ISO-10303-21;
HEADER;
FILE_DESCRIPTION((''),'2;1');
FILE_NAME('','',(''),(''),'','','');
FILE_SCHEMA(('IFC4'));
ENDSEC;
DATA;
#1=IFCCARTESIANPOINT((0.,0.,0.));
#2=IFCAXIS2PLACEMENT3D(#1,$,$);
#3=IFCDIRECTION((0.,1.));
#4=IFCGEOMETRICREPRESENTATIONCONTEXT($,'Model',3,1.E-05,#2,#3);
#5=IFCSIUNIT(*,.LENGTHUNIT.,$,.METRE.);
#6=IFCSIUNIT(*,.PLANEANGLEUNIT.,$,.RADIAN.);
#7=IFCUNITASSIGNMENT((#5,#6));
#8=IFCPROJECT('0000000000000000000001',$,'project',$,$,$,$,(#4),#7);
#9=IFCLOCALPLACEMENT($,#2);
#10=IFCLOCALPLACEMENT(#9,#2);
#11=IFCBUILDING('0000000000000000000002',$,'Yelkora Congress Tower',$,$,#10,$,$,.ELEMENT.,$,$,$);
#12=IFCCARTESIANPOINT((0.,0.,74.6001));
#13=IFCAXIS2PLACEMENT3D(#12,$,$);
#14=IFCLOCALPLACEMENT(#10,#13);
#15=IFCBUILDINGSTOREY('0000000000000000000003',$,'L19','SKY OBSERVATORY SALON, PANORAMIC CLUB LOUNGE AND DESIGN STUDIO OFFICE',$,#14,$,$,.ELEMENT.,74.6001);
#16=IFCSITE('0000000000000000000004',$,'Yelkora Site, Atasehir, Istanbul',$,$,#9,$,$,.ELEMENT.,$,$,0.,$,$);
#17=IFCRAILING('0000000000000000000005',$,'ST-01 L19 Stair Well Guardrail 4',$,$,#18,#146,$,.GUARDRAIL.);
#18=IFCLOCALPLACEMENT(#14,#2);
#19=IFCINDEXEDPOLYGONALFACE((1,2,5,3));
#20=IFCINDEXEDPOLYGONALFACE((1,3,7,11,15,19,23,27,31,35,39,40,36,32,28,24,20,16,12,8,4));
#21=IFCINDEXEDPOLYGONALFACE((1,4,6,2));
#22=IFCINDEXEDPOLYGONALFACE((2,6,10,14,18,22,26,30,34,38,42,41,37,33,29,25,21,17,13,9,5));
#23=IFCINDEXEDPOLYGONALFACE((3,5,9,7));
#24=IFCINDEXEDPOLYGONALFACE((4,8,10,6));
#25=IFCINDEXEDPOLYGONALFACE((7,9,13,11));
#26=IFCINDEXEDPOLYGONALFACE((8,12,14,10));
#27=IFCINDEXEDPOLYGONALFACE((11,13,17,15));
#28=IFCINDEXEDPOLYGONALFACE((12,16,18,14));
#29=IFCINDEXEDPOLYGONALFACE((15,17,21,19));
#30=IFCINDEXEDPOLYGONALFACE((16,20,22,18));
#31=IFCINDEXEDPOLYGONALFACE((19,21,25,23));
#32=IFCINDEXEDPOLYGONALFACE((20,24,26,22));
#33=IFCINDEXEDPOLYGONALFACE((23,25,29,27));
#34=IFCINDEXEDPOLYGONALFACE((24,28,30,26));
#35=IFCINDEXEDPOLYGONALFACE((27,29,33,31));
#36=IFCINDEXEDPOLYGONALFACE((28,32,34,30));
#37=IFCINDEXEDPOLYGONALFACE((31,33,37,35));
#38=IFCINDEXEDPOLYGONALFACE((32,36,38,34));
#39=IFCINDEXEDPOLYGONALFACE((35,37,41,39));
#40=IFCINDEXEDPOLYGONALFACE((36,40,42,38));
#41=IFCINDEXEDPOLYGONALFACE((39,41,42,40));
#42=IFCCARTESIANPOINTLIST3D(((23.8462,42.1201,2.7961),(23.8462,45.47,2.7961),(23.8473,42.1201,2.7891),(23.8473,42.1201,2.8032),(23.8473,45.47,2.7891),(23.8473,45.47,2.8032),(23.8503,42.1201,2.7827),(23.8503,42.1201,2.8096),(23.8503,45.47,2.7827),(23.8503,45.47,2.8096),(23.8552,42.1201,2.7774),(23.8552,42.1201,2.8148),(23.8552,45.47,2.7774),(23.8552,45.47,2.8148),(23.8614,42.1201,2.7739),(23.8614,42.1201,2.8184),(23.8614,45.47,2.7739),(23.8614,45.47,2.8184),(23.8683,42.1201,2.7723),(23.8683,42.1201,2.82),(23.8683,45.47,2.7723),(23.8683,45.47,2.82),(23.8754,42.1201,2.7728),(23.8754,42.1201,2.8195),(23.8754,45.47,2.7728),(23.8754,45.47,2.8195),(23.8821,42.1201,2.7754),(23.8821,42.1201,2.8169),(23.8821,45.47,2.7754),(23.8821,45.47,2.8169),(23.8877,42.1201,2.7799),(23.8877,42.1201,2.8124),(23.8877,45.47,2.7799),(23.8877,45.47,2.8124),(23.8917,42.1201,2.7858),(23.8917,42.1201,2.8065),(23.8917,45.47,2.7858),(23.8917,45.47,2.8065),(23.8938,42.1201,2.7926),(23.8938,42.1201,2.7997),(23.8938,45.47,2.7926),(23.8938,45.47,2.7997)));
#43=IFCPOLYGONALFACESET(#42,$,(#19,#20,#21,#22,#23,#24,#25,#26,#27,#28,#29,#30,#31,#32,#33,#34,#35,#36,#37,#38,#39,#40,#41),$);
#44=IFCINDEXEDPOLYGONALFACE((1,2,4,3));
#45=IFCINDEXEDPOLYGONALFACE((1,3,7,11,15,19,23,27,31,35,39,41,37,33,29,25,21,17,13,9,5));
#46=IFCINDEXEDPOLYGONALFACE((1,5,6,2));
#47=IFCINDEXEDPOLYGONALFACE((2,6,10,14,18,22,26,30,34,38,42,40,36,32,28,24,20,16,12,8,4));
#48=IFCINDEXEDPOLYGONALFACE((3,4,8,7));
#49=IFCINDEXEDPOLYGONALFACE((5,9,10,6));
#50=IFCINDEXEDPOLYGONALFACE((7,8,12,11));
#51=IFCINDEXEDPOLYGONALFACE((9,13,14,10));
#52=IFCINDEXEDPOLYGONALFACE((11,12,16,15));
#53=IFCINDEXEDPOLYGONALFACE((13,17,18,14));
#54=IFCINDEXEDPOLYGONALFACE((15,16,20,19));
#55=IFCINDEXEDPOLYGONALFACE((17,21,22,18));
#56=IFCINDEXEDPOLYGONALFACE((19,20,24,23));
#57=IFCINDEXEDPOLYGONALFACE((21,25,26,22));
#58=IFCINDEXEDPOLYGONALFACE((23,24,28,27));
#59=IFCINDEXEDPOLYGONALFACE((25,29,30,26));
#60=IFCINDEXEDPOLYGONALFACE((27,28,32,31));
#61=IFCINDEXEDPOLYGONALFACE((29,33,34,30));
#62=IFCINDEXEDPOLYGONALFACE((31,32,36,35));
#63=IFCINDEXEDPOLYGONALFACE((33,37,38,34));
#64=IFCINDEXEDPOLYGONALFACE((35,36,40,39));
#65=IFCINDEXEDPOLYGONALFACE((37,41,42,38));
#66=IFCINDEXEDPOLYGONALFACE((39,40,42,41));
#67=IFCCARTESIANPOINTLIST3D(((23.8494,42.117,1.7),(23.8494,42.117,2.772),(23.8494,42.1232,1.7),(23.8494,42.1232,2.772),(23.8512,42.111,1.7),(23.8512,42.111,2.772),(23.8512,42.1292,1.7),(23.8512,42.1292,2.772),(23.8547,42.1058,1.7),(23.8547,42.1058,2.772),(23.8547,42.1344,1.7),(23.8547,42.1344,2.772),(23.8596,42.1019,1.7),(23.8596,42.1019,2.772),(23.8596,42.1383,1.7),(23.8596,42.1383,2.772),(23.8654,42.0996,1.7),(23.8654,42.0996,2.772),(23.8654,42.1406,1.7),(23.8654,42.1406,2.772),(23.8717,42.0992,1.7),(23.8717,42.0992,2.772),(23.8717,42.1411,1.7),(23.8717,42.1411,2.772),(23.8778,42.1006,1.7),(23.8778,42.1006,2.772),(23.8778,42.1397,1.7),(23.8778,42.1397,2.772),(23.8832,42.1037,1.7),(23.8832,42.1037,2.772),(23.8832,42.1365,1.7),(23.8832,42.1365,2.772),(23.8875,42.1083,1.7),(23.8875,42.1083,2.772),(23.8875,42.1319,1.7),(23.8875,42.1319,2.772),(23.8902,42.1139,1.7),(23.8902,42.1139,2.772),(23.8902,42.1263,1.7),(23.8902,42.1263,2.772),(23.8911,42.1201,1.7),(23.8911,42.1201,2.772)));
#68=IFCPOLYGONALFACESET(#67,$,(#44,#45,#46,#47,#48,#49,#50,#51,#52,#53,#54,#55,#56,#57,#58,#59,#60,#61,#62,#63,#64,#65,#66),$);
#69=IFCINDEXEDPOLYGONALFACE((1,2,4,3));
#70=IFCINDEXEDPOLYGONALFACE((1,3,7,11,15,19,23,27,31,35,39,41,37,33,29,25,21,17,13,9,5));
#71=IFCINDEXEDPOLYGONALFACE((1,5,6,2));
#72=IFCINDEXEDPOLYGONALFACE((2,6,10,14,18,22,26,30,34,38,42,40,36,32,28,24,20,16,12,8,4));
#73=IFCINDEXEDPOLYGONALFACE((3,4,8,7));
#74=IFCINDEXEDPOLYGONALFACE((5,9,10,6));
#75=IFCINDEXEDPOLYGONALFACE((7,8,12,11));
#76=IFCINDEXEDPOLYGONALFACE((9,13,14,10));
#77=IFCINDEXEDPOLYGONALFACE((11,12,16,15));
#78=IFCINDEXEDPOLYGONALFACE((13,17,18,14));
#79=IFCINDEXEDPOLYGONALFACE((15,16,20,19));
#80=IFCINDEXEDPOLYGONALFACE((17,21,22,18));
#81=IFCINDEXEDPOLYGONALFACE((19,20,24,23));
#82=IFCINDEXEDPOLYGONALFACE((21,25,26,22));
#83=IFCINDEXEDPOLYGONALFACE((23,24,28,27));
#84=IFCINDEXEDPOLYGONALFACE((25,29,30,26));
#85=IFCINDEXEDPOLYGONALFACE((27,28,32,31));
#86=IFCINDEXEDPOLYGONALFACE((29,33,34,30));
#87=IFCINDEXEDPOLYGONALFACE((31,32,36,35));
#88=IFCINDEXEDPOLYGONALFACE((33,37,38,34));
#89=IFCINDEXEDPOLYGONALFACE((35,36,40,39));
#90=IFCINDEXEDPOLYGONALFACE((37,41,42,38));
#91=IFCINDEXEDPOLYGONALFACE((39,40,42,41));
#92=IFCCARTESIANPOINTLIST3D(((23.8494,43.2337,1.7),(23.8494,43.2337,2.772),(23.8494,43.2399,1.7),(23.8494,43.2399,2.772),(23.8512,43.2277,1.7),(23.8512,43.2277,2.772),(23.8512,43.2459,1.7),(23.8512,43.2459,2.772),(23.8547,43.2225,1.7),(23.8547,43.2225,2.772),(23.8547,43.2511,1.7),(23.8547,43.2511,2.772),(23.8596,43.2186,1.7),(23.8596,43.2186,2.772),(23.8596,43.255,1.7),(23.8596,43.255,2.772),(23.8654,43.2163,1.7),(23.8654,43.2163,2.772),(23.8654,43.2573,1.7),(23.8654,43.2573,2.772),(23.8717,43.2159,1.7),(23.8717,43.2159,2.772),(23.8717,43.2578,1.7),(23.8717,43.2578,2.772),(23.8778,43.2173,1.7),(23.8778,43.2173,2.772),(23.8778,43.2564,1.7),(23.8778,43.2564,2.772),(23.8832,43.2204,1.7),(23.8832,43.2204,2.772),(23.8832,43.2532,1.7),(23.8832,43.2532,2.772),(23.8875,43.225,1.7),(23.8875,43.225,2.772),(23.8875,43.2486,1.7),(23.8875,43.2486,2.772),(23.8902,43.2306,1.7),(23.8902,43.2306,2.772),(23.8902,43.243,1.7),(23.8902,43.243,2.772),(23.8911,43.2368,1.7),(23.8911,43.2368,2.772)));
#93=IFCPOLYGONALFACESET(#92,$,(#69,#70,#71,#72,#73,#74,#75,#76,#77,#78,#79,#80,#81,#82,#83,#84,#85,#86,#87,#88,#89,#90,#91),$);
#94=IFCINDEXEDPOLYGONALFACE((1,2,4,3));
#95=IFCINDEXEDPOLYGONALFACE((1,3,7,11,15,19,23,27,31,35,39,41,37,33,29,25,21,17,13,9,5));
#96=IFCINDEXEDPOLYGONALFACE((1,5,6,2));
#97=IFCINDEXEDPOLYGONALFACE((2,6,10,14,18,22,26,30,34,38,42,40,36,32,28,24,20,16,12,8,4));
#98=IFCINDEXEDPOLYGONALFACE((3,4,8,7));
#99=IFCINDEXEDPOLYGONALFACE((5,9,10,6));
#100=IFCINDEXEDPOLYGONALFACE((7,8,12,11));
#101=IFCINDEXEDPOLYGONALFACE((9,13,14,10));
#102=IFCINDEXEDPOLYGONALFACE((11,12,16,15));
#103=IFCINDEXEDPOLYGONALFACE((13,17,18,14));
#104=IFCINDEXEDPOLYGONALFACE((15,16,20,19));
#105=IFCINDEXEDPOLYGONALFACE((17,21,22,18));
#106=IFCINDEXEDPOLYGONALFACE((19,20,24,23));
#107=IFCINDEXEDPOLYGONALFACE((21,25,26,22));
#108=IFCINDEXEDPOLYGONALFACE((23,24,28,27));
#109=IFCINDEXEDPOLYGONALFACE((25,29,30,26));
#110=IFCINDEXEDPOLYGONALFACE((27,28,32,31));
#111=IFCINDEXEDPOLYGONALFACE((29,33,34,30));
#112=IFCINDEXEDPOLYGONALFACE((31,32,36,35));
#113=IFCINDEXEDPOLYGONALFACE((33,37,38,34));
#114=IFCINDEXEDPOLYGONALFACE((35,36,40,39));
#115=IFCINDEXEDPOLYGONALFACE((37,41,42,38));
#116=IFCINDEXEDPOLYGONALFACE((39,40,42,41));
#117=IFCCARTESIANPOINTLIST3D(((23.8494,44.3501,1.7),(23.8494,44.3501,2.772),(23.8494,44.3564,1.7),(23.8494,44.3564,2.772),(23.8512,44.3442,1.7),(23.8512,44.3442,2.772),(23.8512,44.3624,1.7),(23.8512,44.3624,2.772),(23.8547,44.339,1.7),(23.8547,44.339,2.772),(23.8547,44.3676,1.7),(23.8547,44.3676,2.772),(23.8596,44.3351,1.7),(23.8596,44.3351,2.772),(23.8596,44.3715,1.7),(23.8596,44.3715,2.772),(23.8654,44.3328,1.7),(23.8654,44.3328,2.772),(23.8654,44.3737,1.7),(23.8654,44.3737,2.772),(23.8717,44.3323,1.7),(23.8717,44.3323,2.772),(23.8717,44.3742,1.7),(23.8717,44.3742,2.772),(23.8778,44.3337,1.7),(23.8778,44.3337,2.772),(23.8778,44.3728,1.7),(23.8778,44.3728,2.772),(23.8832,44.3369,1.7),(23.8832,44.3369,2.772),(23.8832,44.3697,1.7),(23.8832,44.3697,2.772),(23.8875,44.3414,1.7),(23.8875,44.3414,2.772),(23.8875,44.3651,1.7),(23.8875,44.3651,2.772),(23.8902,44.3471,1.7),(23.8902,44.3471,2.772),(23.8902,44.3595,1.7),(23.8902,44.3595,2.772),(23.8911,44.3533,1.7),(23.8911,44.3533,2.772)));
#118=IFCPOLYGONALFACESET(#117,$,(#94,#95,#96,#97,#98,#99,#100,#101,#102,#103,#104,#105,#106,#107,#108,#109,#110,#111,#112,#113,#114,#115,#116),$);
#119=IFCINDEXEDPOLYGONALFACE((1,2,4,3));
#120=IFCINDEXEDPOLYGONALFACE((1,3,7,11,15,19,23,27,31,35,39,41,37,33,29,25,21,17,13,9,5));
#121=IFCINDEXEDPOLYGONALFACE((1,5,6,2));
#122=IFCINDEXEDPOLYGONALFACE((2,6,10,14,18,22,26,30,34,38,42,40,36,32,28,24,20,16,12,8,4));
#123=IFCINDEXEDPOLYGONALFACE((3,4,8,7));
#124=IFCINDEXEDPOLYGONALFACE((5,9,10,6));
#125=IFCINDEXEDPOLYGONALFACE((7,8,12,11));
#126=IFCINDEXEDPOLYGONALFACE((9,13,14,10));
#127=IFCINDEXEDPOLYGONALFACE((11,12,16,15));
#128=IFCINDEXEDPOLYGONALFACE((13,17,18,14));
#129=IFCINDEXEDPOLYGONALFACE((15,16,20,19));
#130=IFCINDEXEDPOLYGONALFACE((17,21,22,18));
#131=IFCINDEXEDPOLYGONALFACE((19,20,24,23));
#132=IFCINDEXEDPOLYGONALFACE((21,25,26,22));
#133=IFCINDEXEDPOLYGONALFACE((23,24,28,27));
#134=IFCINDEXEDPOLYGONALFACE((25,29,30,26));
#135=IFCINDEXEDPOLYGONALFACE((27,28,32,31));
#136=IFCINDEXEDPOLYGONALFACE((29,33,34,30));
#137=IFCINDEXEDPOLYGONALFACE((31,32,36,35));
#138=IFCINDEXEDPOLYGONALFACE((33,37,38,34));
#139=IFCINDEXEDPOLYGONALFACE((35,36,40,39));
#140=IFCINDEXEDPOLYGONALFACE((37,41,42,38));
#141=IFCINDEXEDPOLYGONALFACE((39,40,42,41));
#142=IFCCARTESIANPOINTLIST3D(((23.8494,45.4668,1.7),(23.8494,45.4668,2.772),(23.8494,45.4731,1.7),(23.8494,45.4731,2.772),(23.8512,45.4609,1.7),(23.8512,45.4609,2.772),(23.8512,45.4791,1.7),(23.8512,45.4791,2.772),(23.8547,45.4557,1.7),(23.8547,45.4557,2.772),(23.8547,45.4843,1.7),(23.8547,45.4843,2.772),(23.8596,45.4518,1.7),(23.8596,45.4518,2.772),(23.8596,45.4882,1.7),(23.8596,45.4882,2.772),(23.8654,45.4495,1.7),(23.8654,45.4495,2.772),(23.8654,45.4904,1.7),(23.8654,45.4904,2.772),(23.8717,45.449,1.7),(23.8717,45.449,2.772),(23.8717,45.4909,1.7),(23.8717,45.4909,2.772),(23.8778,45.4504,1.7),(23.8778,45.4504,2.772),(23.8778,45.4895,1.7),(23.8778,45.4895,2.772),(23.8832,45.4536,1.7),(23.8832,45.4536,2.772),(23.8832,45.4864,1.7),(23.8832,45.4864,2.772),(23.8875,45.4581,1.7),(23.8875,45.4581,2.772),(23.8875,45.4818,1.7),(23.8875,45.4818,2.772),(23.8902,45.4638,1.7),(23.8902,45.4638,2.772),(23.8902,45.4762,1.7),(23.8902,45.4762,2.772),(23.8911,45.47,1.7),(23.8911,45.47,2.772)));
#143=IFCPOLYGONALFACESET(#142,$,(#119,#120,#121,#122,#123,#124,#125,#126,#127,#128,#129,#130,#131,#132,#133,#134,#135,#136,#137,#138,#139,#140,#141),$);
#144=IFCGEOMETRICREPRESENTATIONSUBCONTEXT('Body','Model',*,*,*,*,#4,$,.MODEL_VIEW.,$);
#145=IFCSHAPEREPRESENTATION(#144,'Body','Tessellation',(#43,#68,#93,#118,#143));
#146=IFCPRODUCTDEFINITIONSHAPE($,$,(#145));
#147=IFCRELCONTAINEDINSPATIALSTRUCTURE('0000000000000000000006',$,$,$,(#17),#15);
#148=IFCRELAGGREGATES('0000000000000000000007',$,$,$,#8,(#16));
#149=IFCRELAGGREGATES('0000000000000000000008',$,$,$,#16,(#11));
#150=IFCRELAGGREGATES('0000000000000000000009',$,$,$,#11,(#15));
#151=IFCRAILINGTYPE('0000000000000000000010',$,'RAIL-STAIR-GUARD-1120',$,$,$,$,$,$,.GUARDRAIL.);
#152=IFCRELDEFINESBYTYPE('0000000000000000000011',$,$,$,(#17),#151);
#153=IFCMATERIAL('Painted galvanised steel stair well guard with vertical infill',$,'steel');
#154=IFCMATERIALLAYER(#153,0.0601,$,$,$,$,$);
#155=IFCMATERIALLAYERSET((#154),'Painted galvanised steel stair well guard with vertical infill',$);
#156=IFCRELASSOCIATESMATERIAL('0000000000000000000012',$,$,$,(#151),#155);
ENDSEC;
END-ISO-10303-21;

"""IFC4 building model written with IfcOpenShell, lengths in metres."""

from ifc_helpers import new_model, si_unit, direction, frame, origin, origin_2d, place, context, subcontext, project, spatial, circle, extrude, material, layer, layer_set, type_object, element, save


model = new_model("IFC4")

# Units and contexts
model_context = context("Model", 3, precision=1e-05, world=origin(), true_north=direction((0.0, 1.0)))
body_context = subcontext(model_context, "Body", "Model", "MODEL_VIEW")
ifc_project = project(units=[si_unit("LENGTHUNIT", "METRE"), si_unit("PLANEANGLEUNIT", "RADIAN")], contexts=[model_context])

# Site, building, storey
site_placement = place(None, origin())
site = spatial("IfcSite", under=ifc_project, at=site_placement, Name="Yelkora Site, Atasehir, Istanbul", CompositionType="ELEMENT", RefElevation=0.0)
building_placement = place(site_placement, origin())
building = spatial("IfcBuilding", under=site, at=building_placement, Name="Yelkora Congress Tower", CompositionType="ELEMENT")
storey_placement = place(building_placement, frame((0.0, 0.0, 74.6001)))
storey = spatial("IfcBuildingStorey", under=building, at=storey_placement, Name="L19", Description="SKY OBSERVATORY SALON, PANORAMIC CLUB LOUNGE AND DESIGN STUDIO OFFICE", CompositionType="ELEMENT", Elevation=74.6001)

# Railing
ifc_material_1 = material(Name="Painted galvanised steel stair well guard with vertical infill", Category="steel")
ifc_layer_1 = layer(ifc_material_1, 0.0601)
ifc_layer_set_1 = layer_set([ifc_layer_1], Name="Painted galvanised steel stair well guard with vertical infill")
railing_type_1 = type_object("IfcRailingType", Name="RAIL-STAIR-GUARD-1120", PredefinedType="GUARDRAIL", material=ifc_layer_set_1)
for number, where, name in (
    (1, (23.8701, 42.1201, 1.7), "ST-01 L19 Stair Well Guardrail 4"),
):
    element("IfcRailing", number, at=place(storey_placement, frame(where)), inside=storey, type_object=railing_type_1, Name=name, PredefinedType="GUARDRAIL", context=body_context, shape_type="SweptSolid", body=[
        extrude(circle(Radius=0.0239, at=origin_2d()), frame((0.0, 0.0, 1.0962), z_axis=(0.0, 1.0, 0.0), x_axis=(-1.0, 0.0, 0.0)), (0.0, 0.0, 1.0), 3.3499),
        extrude(circle(Radius=0.021, at=origin_2d()), origin(), (0.0, 0.0, 1.0), 1.072),
        extrude(circle(Radius=0.021, at=origin_2d()), frame((0.0, 1.1167, 0.0)), (0.0, 0.0, 1.0), 1.072),
        extrude(circle(Radius=0.021, at=origin_2d()), frame((0.0, 2.2332, 0.0)), (0.0, 0.0, 1.0), 1.072),
        extrude(circle(Radius=0.021, at=origin_2d()), frame((0.0, 3.3499, 0.0)), (0.0, 0.0, 1.0), 1.072),
    ])

save(model, "model.ifc")
